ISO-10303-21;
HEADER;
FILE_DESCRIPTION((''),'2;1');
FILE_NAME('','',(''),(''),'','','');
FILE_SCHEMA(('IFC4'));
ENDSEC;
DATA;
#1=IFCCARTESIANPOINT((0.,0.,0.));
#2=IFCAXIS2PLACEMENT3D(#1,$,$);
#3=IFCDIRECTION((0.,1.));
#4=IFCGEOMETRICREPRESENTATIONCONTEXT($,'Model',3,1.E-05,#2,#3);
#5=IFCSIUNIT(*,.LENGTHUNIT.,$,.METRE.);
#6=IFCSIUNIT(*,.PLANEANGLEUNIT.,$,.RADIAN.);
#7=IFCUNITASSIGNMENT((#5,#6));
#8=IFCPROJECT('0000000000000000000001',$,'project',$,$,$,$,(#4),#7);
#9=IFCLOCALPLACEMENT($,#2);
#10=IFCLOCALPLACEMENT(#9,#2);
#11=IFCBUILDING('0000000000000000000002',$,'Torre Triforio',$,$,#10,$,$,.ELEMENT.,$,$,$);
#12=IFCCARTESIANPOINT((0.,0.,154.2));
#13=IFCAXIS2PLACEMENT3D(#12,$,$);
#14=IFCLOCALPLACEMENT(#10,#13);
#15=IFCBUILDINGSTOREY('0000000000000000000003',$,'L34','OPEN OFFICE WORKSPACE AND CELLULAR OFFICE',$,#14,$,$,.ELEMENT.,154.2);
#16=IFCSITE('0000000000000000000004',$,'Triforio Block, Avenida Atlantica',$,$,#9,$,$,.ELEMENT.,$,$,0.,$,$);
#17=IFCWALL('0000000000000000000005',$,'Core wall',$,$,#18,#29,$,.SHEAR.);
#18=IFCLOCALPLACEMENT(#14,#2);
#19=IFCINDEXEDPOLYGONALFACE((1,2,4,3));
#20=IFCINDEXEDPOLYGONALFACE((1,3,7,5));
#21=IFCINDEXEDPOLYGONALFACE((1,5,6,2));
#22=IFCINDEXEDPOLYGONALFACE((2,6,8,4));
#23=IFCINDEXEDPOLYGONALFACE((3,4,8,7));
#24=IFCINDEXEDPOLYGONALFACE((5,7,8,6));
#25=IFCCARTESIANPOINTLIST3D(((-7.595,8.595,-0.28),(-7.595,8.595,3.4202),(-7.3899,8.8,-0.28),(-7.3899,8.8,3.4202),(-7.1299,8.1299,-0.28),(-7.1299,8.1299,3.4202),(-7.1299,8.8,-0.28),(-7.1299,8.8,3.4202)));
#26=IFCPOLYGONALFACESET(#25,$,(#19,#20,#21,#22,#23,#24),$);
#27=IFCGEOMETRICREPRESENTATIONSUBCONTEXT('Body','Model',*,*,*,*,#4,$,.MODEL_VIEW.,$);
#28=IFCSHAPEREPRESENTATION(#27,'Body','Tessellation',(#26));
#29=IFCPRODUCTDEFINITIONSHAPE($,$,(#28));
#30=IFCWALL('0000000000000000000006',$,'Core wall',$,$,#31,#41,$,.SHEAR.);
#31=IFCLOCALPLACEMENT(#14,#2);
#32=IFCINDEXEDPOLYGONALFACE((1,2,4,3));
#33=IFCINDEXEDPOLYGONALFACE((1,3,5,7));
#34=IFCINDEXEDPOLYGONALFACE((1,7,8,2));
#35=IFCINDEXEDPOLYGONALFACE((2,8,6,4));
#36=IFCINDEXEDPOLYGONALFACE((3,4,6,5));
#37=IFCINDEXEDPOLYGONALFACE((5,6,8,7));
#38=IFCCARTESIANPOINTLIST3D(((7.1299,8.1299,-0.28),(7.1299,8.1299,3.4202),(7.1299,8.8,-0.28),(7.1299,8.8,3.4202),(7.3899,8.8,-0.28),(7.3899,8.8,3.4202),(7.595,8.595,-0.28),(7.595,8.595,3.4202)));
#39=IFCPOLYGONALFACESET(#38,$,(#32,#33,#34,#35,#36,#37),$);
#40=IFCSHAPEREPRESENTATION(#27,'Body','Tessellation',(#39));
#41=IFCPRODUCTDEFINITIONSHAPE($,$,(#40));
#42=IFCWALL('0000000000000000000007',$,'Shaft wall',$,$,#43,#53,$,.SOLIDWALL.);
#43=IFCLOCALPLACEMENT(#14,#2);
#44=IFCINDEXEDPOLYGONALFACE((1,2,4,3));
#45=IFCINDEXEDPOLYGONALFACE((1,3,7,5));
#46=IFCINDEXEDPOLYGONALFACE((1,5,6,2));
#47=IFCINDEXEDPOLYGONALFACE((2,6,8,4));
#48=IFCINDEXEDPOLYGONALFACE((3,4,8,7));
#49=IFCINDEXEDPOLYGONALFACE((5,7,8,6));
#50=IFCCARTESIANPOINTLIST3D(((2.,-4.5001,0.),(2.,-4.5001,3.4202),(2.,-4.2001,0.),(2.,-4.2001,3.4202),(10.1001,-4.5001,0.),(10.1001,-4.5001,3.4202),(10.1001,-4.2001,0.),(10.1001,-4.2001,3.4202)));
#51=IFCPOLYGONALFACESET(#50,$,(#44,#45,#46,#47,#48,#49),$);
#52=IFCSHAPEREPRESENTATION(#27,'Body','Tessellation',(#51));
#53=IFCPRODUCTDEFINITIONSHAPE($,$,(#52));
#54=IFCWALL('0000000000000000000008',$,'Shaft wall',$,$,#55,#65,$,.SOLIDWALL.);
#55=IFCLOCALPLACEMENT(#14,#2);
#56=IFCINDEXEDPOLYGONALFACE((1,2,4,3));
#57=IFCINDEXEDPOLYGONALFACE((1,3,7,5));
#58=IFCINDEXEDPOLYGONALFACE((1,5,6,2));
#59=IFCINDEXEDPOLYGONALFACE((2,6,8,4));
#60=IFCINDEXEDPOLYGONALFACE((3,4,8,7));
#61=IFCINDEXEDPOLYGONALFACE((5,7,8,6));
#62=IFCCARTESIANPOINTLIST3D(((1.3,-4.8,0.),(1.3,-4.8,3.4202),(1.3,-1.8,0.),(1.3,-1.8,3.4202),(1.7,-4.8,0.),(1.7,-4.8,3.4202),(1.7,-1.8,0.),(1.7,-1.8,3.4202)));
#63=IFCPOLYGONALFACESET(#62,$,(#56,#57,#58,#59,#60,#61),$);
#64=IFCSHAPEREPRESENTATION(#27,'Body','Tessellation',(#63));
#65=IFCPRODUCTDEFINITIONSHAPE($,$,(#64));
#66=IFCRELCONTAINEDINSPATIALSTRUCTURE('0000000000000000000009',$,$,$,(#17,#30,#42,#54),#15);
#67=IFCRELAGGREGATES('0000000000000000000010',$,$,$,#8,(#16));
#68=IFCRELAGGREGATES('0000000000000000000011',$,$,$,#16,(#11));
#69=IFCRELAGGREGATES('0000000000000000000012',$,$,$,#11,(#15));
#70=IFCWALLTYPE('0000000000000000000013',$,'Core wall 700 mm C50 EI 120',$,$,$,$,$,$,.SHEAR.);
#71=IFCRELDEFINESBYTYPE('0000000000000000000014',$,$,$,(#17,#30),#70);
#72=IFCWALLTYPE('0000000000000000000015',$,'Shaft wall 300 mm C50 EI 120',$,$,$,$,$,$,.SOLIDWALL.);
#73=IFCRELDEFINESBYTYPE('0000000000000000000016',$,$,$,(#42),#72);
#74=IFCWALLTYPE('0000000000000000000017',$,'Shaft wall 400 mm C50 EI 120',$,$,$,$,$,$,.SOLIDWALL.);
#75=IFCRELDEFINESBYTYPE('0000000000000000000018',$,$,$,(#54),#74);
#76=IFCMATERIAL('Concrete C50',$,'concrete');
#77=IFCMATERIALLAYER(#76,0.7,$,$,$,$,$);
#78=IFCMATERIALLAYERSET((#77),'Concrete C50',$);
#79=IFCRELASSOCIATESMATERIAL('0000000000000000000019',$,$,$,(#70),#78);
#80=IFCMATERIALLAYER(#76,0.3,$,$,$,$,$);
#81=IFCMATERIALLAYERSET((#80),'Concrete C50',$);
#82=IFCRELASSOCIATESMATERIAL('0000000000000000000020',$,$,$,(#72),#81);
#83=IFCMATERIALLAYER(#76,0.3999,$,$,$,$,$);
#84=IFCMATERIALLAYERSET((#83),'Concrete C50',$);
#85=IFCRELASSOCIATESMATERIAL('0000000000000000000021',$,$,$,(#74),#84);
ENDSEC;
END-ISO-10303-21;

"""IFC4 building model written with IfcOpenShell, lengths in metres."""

from ifc_helpers import new_model, si_unit, direction, frame, frame_2d, origin, place, context, subcontext, project, spatial, polyline, rectangle, outline, extrude, material, layer, layer_set, type_object, element, save


model = new_model("IFC4")

# Units and contexts
model_context = context("Model", 3, precision=1e-05, world=origin(), true_north=direction((0.0, 1.0)))
body_context = subcontext(model_context, "Body", "Model", "MODEL_VIEW")
ifc_project = project(units=[si_unit("LENGTHUNIT", "METRE"), si_unit("PLANEANGLEUNIT", "RADIAN")], contexts=[model_context])

# Site, building, storey
site_placement = place(None, origin())
site = spatial("IfcSite", under=ifc_project, at=site_placement, Name="Triforio Block, Avenida Atlantica", CompositionType="ELEMENT", RefElevation=0.0)
building_placement = place(site_placement, origin())
building = spatial("IfcBuilding", under=site, at=building_placement, Name="Torre Triforio", CompositionType="ELEMENT")
storey_placement = place(building_placement, frame((0.0, 0.0, 154.2)))
storey = spatial("IfcBuildingStorey", under=building, at=storey_placement, Name="L34", Description="OPEN OFFICE WORKSPACE AND CELLULAR OFFICE", CompositionType="ELEMENT", Elevation=154.2)

# Shared definitions
ifc_material_1 = material(Name="Concrete C50", Category="concrete")

# Walls
ifc_layer_1 = layer(ifc_material_1, 0.7)
ifc_layer_set_1 = layer_set([ifc_layer_1], Name="Concrete C50")
wall_type_1 = type_object("IfcWallType", Name="Core wall 700 mm C50 EI 120", PredefinedType="SHEAR", material=ifc_layer_set_1)
wall_1_placement = place(storey_placement, frame((0.0, 0.0, -0.28)))
element("IfcWall", 1, at=wall_1_placement, inside=storey, type_object=wall_type_1, Name="Core wall", PredefinedType="SHEAR", context=body_context, shape_type="SweptSolid", body=[
    extrude(outline(polyline([(-7.3899, 8.8), (-7.1299, 8.8), (-7.1299, 8.8), (-7.1299, 8.1299), (-7.595, 8.595), (-7.595, 8.595), (-7.595, 8.595), (-7.3899, 8.8)])), origin(), (0.0, 0.0, 1.0), 3.7002),
])
wall_2_placement = place(storey_placement, frame((0.0, 0.0, -0.28)))
element("IfcWall", 2, at=wall_2_placement, inside=storey, type_object=wall_type_1, Name="Core wall", PredefinedType="SHEAR", context=body_context, shape_type="SweptSolid", body=[
    extrude(outline(polyline([(7.3899, 8.8), (7.595, 8.595), (7.595, 8.595), (7.595, 8.595), (7.1299, 8.1299), (7.1299, 8.8), (7.1299, 8.8), (7.3899, 8.8)])), origin(), (0.0, 0.0, 1.0), 3.7002),
])
ifc_layer_2 = layer(ifc_material_1, 0.3)
ifc_layer_set_2 = layer_set([ifc_layer_2], Name="Concrete C50")
wall_type_2 = type_object("IfcWallType", Name="Shaft wall 300 mm C50 EI 120", PredefinedType="SOLIDWALL", material=ifc_layer_set_2)
wall_3_placement = place(storey_placement, frame((2.0, -4.3501, 0.0), z_axis=(0.0, 0.0, 1.0), x_axis=(1.0, 0.0, 0.0)))
element("IfcWall", 3, at=wall_3_placement, inside=storey, type_object=wall_type_2, Name="Shaft wall", PredefinedType="SOLIDWALL", context=body_context, shape_type="SweptSolid", body=[
    extrude(rectangle(XDim=8.1001, YDim=0.3, at=frame_2d((4.05, 0.0))), origin(), (0.0, 0.0, 1.0), 3.4202),
])
ifc_layer_3 = layer(ifc_material_1, 0.3999)
ifc_layer_set_3 = layer_set([ifc_layer_3], Name="Concrete C50")
wall_type_3 = type_object("IfcWallType", Name="Shaft wall 400 mm C50 EI 120", PredefinedType="SOLIDWALL", material=ifc_layer_set_3)
wall_4_placement = place(storey_placement, frame((1.5, -4.8, 0.0), z_axis=(0.0, 0.0, 1.0), x_axis=(0.0, 1.0, 0.0)))
element("IfcWall", 4, at=wall_4_placement, inside=storey, type_object=wall_type_3, Name="Shaft wall", PredefinedType="SOLIDWALL", context=body_context, shape_type="SweptSolid", body=[
    extrude(rectangle(XDim=3.0, YDim=0.3999, at=frame_2d((1.5, 0.0))), origin(), (0.0, 0.0, 1.0), 3.4202),
])

save(model, "model.ifc")
